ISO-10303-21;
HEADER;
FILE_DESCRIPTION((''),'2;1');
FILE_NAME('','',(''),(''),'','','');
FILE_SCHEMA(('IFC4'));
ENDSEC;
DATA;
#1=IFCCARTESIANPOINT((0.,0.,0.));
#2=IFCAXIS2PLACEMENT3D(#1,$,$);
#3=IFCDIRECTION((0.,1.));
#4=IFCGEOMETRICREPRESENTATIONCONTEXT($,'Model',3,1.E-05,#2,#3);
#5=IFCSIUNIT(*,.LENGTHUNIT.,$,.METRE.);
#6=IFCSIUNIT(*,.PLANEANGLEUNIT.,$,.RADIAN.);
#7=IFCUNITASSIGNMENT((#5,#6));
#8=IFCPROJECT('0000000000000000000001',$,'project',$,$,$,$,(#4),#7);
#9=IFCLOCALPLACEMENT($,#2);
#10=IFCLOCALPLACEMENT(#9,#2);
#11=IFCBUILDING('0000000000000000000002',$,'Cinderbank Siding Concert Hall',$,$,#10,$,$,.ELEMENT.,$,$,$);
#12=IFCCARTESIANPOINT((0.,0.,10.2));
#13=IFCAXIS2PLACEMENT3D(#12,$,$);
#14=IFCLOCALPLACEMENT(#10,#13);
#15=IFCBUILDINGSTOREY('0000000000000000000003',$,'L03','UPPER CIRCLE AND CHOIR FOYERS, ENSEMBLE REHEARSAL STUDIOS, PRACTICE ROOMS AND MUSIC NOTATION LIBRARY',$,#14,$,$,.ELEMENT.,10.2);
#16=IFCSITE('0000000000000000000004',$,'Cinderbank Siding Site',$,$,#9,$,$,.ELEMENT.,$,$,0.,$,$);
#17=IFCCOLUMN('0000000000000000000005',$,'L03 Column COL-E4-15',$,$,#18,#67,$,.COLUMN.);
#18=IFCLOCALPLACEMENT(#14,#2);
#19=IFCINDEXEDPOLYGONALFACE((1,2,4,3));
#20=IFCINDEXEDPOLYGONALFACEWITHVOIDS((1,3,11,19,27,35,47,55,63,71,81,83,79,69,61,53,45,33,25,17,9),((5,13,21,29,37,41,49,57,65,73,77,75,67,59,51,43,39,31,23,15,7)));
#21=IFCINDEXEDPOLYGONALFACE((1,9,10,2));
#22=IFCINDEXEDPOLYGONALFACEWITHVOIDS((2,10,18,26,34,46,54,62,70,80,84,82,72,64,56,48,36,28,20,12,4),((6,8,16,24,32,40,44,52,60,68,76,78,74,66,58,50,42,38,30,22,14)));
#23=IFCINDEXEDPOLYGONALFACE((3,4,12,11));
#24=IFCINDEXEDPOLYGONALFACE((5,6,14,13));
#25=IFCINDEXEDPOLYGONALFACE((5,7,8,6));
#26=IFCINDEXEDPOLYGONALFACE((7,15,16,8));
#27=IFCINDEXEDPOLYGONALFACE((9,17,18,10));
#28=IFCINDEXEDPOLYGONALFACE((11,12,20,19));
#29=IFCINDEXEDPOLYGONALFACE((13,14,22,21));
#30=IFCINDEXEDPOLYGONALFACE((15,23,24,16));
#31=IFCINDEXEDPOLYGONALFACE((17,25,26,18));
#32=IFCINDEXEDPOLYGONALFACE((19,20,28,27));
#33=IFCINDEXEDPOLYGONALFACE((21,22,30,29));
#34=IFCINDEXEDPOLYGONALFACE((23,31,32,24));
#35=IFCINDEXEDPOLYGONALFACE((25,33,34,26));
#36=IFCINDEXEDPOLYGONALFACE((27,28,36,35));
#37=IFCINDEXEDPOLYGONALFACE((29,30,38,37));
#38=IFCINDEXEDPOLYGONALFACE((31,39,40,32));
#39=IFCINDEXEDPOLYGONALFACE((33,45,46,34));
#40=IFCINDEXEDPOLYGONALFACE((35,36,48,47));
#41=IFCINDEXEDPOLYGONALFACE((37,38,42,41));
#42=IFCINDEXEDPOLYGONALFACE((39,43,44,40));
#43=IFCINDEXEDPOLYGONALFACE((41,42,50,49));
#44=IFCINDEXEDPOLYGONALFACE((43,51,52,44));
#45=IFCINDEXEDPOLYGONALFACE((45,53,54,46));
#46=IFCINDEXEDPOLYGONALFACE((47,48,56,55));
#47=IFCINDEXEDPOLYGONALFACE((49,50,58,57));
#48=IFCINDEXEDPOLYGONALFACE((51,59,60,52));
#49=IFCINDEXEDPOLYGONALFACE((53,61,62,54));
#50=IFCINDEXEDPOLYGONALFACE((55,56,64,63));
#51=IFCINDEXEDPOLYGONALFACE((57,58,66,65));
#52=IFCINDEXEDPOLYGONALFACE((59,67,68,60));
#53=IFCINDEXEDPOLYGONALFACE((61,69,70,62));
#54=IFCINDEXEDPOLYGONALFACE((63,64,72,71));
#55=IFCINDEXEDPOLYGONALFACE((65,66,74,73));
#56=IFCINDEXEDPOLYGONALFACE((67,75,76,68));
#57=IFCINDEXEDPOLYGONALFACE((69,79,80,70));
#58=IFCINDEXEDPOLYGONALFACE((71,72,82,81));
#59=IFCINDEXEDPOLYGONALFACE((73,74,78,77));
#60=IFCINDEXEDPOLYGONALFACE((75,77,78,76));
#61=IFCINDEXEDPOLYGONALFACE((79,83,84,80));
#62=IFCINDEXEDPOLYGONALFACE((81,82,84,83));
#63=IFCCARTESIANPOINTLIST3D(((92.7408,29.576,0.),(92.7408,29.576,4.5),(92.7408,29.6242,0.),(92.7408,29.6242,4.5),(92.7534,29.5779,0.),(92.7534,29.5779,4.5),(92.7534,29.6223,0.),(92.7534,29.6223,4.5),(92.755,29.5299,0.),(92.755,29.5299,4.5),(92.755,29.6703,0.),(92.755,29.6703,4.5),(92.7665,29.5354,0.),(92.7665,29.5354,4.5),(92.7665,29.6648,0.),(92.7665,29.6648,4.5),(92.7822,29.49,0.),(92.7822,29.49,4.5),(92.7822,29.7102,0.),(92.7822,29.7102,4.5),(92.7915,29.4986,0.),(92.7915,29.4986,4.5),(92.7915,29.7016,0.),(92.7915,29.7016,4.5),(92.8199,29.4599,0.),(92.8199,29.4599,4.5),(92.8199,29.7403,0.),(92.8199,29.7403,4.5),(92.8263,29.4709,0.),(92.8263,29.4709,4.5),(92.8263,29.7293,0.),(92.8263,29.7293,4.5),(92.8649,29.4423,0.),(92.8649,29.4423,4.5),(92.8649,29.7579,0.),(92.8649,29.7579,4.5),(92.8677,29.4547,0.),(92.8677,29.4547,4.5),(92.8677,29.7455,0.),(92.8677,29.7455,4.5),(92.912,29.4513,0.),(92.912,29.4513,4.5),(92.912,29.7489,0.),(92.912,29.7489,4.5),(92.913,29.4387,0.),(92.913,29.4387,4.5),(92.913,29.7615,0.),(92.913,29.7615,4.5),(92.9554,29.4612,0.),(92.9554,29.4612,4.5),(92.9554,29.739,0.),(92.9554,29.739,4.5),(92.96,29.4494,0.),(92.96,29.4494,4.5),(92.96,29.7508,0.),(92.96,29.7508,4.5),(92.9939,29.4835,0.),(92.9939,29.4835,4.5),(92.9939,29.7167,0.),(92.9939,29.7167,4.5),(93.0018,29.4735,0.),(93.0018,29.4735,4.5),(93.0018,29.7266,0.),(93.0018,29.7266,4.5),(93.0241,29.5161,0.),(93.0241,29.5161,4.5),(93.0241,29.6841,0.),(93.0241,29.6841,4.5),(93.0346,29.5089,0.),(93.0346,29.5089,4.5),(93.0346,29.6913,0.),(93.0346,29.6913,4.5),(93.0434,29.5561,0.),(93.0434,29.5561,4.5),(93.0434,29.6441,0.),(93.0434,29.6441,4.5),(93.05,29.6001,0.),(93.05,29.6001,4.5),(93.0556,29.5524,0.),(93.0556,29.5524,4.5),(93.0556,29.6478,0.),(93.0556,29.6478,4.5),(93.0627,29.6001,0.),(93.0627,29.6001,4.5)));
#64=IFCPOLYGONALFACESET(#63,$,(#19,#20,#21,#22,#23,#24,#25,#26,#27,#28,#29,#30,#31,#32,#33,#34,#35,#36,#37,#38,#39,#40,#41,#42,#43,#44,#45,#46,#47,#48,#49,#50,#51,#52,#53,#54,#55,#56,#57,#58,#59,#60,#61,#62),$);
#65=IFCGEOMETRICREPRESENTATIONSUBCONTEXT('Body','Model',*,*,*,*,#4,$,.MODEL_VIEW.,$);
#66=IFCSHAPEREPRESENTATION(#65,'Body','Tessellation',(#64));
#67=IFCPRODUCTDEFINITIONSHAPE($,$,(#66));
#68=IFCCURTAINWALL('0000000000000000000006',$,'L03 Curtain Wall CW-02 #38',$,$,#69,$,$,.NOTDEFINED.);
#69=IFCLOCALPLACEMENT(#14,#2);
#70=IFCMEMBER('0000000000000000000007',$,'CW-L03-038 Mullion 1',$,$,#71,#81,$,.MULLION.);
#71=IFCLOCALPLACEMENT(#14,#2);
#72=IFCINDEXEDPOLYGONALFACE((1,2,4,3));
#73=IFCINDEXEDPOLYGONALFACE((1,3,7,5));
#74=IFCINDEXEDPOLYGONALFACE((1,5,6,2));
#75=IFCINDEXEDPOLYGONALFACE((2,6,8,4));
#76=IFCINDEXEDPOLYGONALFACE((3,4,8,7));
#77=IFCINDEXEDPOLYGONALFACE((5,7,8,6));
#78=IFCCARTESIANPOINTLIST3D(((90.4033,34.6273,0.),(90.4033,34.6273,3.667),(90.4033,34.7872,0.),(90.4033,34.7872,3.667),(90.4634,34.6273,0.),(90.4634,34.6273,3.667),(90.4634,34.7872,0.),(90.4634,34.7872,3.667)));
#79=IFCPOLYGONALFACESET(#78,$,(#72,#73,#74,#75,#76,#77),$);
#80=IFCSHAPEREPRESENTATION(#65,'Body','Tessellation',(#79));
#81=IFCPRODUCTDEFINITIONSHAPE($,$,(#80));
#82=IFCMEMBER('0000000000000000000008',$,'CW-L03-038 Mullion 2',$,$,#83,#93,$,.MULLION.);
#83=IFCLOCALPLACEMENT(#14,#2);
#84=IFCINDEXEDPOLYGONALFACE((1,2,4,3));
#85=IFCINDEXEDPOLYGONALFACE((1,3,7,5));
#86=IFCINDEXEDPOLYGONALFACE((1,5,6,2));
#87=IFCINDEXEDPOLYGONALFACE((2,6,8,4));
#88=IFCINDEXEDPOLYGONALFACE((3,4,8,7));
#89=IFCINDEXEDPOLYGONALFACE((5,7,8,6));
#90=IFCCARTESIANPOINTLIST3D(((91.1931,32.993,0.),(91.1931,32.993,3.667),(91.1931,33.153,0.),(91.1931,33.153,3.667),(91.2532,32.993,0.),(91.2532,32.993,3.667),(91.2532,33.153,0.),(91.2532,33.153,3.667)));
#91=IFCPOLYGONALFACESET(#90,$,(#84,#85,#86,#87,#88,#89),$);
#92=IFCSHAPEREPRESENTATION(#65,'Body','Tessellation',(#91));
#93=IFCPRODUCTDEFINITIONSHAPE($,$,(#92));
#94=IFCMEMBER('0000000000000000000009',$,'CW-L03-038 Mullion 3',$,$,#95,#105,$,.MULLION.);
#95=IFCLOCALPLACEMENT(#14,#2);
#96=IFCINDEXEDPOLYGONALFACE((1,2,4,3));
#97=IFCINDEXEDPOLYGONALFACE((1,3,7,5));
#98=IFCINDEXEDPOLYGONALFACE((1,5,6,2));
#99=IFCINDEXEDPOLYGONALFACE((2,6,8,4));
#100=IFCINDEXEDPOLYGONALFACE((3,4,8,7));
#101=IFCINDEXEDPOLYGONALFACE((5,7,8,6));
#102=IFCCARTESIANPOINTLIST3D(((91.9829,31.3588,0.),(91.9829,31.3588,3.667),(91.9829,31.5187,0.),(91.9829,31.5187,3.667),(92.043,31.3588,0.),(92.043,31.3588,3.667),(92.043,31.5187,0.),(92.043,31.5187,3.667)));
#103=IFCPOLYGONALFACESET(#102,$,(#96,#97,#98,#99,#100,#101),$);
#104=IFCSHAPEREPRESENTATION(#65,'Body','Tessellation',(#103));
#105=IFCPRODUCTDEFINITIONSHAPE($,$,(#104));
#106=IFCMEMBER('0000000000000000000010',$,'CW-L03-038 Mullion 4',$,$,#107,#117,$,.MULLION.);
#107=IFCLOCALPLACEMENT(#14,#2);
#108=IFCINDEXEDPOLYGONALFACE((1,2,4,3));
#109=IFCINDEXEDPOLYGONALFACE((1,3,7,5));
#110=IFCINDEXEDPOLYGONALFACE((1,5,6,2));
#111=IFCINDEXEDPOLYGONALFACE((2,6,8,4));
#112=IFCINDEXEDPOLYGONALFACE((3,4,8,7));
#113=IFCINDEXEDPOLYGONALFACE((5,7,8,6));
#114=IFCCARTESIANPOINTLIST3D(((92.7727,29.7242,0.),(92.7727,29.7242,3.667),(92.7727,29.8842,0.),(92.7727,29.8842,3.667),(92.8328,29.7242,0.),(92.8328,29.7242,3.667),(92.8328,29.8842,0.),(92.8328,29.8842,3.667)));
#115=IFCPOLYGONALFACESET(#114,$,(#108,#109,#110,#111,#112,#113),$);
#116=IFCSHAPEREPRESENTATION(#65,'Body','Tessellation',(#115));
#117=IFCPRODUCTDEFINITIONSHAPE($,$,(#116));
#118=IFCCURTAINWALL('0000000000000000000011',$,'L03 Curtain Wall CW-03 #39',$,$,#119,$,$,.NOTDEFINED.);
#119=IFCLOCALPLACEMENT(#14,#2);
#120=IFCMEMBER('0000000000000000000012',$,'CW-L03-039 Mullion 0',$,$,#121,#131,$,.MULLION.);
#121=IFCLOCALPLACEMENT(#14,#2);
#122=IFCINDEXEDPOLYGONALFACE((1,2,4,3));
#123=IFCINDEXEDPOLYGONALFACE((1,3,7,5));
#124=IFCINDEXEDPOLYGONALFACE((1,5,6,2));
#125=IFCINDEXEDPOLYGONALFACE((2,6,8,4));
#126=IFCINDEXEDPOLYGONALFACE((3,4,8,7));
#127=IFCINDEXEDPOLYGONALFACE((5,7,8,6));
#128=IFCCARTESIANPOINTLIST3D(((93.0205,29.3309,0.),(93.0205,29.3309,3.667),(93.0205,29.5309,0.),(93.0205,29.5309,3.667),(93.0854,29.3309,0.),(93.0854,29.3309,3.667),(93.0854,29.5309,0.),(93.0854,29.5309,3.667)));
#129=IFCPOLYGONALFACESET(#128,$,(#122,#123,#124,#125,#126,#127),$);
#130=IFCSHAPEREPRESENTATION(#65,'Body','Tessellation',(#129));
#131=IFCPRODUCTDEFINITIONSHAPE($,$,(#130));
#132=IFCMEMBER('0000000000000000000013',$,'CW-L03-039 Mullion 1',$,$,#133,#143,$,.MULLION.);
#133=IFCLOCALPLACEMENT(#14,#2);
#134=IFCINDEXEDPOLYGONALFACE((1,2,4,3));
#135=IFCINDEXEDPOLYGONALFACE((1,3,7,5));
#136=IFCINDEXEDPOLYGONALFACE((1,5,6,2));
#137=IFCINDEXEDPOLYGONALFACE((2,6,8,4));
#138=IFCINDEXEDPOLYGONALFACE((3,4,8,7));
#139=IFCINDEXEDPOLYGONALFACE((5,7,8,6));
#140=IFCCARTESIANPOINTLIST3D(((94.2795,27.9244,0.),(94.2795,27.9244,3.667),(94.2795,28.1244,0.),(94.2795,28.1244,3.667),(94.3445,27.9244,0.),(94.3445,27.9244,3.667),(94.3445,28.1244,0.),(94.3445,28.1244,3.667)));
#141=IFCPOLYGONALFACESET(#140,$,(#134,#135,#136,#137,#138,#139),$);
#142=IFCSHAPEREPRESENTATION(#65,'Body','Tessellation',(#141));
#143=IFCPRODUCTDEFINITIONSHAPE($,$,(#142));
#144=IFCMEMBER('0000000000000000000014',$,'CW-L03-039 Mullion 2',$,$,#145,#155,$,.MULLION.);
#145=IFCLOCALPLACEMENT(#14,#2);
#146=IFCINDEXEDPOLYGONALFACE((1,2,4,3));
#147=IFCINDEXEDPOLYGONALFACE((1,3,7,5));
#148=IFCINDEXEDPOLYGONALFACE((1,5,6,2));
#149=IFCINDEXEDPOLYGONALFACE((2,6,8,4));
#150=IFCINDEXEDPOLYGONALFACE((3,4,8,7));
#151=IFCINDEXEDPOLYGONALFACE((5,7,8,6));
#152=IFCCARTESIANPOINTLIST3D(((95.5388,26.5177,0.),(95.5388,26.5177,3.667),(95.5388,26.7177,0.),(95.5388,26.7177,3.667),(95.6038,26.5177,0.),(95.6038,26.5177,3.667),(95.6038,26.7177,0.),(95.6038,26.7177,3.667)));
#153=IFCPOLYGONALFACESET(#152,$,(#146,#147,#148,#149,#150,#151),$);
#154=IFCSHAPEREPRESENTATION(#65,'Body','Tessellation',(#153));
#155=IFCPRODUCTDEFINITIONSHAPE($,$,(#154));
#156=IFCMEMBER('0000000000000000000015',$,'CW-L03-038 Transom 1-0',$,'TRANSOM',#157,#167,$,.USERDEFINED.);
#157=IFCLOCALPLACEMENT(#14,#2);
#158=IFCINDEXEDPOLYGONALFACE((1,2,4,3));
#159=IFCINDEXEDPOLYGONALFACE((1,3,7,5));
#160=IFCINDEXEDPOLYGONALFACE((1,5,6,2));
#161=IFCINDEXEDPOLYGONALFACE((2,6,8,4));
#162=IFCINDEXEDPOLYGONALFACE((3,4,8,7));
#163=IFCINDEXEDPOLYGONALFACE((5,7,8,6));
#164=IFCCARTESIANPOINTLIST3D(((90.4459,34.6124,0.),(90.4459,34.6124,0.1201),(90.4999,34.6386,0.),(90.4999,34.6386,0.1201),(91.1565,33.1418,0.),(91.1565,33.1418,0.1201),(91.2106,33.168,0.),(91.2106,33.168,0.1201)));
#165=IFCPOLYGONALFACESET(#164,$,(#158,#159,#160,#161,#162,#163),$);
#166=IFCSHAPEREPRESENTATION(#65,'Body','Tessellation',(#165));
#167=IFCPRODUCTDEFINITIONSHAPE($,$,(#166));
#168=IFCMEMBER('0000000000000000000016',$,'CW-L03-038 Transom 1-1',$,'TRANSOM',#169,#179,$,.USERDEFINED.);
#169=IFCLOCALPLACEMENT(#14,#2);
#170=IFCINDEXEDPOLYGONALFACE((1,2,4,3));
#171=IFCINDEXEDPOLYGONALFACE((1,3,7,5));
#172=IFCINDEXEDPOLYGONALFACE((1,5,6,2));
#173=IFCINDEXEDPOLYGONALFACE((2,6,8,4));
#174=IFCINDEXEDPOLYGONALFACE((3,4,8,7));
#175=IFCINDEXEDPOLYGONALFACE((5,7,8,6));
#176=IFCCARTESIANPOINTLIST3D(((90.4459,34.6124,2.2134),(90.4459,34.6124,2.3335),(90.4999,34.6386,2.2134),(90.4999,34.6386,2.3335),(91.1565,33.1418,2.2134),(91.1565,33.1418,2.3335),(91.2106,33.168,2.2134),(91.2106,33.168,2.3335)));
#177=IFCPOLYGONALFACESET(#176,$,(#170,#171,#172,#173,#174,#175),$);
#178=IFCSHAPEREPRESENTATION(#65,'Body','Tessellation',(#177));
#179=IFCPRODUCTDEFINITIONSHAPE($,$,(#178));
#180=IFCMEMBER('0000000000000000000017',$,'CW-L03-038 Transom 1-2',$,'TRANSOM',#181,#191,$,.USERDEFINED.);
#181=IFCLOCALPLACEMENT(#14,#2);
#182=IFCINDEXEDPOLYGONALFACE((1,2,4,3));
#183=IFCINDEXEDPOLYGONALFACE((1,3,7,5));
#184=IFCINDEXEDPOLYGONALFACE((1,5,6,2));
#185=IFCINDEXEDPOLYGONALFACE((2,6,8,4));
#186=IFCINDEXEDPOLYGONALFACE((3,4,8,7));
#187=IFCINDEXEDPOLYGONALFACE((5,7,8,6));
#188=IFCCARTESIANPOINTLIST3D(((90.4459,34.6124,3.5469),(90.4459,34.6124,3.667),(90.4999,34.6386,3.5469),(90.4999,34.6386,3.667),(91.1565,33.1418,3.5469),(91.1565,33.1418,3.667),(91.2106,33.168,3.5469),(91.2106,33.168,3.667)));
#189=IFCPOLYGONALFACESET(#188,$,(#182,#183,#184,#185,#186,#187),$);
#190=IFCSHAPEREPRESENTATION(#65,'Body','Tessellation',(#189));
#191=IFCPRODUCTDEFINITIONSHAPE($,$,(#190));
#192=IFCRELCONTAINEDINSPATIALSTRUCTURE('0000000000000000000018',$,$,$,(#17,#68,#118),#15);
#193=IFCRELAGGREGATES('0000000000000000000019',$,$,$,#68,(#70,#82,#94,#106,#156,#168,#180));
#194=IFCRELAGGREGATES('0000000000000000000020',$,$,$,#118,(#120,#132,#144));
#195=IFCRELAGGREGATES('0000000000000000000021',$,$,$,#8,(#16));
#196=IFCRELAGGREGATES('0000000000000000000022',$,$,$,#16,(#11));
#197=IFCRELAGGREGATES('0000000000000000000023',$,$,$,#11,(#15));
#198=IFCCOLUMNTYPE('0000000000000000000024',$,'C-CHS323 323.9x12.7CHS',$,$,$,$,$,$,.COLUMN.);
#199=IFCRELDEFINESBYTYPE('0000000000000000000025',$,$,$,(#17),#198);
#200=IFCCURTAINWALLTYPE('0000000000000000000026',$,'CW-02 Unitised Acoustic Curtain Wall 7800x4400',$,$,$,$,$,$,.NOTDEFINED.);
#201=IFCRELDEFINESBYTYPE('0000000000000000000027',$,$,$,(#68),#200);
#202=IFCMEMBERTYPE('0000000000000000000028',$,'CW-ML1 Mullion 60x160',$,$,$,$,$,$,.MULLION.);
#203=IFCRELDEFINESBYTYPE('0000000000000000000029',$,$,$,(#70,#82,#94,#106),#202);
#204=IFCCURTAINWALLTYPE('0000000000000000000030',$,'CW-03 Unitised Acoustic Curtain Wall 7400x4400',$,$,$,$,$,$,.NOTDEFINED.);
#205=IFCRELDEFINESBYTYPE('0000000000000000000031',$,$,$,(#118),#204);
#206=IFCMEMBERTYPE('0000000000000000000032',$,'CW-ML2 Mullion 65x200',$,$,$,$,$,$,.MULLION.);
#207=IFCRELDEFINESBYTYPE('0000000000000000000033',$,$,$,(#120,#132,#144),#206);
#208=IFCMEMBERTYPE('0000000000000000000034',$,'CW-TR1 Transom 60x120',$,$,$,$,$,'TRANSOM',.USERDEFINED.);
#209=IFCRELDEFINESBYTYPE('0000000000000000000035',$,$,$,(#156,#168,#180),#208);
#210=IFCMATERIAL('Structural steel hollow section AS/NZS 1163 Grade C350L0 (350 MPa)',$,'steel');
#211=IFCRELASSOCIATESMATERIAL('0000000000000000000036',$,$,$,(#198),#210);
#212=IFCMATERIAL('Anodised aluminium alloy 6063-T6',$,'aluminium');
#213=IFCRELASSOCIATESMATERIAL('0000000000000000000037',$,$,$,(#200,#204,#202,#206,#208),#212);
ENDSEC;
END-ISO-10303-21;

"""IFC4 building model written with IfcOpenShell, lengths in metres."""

from ifc_helpers import new_model, si_unit, direction, frame, origin, origin_2d, place, context, subcontext, project, spatial, rectangle, hollow_circle, extrude, material, material_profile, profile_set, type_object, element, aggregate, save


model = new_model("IFC4")

# Units and contexts
model_context = context("Model", 3, precision=1e-05, world=origin(), true_north=direction((0.0, 1.0)))
body_context = subcontext(model_context, "Body", "Model", "MODEL_VIEW")
ifc_project = project(units=[si_unit("LENGTHUNIT", "METRE"), si_unit("PLANEANGLEUNIT", "RADIAN")], contexts=[model_context])

# Site, building, storey
site_placement = place(None, origin())
site = spatial("IfcSite", under=ifc_project, at=site_placement, Name="Cinderbank Siding Site", CompositionType="ELEMENT", RefElevation=0.0)
building_placement = place(site_placement, origin())
building = spatial("IfcBuilding", under=site, at=building_placement, Name="Cinderbank Siding Concert Hall", CompositionType="ELEMENT")
storey_placement = place(building_placement, frame((0.0, 0.0, 10.2)))
storey = spatial("IfcBuildingStorey", under=building, at=storey_placement, Name="L03", Description="UPPER CIRCLE AND CHOIR FOYERS, ENSEMBLE REHEARSAL STUDIOS, PRACTICE ROOMS AND MUSIC NOTATION LIBRARY", CompositionType="ELEMENT", Elevation=10.2)

# Column
ifc_material_1 = material(Name="Structural steel hollow section AS/NZS 1163 Grade C350L0 (350 MPa)", Category="steel")
ifc_material_profile_1 = material_profile(ifc_material_1, hollow_circle(Radius=0.1619, WallThickness=0.0127, at=origin_2d()), Name="323.9x12.7CHS", Category="LoadBearing")
ifc_profile_set_1 = profile_set([ifc_material_profile_1], Name="Structural steel hollow section AS/NZS 1163 Grade C350L0 (350 MPa)")
column_type = type_object("IfcColumnType", Name="C-CHS323 323.9x12.7CHS", PredefinedType="COLUMN", material=ifc_profile_set_1)
column_placement = place(storey_placement, frame((92.9009, 29.6001, 0.0), z_axis=(0.0, 0.0, 1.0), x_axis=(1.0, 0.0, 0.0)))
element("IfcColumn", 1, at=column_placement, inside=storey, type_object=column_type, Name="L03 Column COL-E4-15", PredefinedType="COLUMN", context=body_context, shape_type="SweptSolid", body=[
    extrude(hollow_circle(Radius=0.1619, WallThickness=0.0127, at=origin_2d()), origin(), (0.0, 0.0, 1.0), 4.5),
])

# Curtain walls, members
ifc_material_2 = material(Name="Anodised aluminium alloy 6063-T6", Category="aluminium")
curtain_wall_type_1 = type_object("IfcCurtainWallType", Name="CW-02 Unitised Acoustic Curtain Wall 7800x4400", PredefinedType="NOTDEFINED", material=ifc_material_2)
curtain_wall_1_placement = place(storey_placement, origin())
curtain_wall_1 = element("IfcCurtainWall", 2, at=curtain_wall_1_placement, inside=storey, type_object=curtain_wall_type_1, Name="L03 Curtain Wall CW-02 #38", PredefinedType="NOTDEFINED")
ifc_material_profile_2 = material_profile(ifc_material_2, rectangle(XDim=0.0601, YDim=0.1599, at=origin_2d()), Name="ALU-MULL-60x160", Category="LoadBearing")
ifc_profile_set_2 = profile_set([ifc_material_profile_2], Name="Anodised aluminium alloy 6063-T6")
member_type_1 = type_object("IfcMemberType", Name="CW-ML1 Mullion 60x160", PredefinedType="MULLION", material=ifc_profile_set_2)
member_1_placement = place(storey_placement, frame((90.4333, 34.7073, 0.0), z_axis=(0.0, 0.0, 1.0), x_axis=(1.0, 0.0, 0.0)))
member_1 = element("IfcMember", 3, at=member_1_placement, type_object=member_type_1, Name="CW-L03-038 Mullion 1", PredefinedType="MULLION", context=body_context, shape_type="SweptSolid", body=[
    extrude(rectangle(XDim=0.0601, YDim=0.1599, at=origin_2d()), origin(), (0.0, 0.0, 1.0), 3.667),
])
member_2_placement = place(storey_placement, frame((91.2231, 33.073, 0.0), z_axis=(0.0, 0.0, 1.0), x_axis=(1.0, 0.0, 0.0)))
member_2 = element("IfcMember", 4, at=member_2_placement, type_object=member_type_1, Name="CW-L03-038 Mullion 2", PredefinedType="MULLION", context=body_context, shape_type="SweptSolid", body=[
    extrude(rectangle(XDim=0.0601, YDim=0.1599, at=origin_2d()), origin(), (0.0, 0.0, 1.0), 3.667),
])
member_3_placement = place(storey_placement, frame((92.0129, 31.4387, 0.0), z_axis=(0.0, 0.0, 1.0), x_axis=(1.0, 0.0, 0.0)))
member_3 = element("IfcMember", 5, at=member_3_placement, type_object=member_type_1, Name="CW-L03-038 Mullion 3", PredefinedType="MULLION", context=body_context, shape_type="SweptSolid", body=[
    extrude(rectangle(XDim=0.0601, YDim=0.1599, at=origin_2d()), origin(), (0.0, 0.0, 1.0), 3.667),
])
member_4_placement = place(storey_placement, frame((92.8027, 29.8042, 0.0), z_axis=(0.0, 0.0, 1.0), x_axis=(1.0, 0.0, 0.0)))
member_4 = element("IfcMember", 6, at=member_4_placement, type_object=member_type_1, Name="CW-L03-038 Mullion 4", PredefinedType="MULLION", context=body_context, shape_type="SweptSolid", body=[
    extrude(rectangle(XDim=0.0601, YDim=0.1599, at=origin_2d()), origin(), (0.0, 0.0, 1.0), 3.667),
])
curtain_wall_type_2 = type_object("IfcCurtainWallType", Name="CW-03 Unitised Acoustic Curtain Wall 7400x4400", PredefinedType="NOTDEFINED", material=ifc_material_2)
curtain_wall_2_placement = place(storey_placement, origin())
curtain_wall_2 = element("IfcCurtainWall", 7, at=curtain_wall_2_placement, inside=storey, type_object=curtain_wall_type_2, Name="L03 Curtain Wall CW-03 #39", PredefinedType="NOTDEFINED")
ifc_material_profile_3 = material_profile(ifc_material_2, rectangle(XDim=0.0649, YDim=0.2, at=origin_2d()), Name="ALU-MULL-65x200", Category="LoadBearing")
ifc_profile_set_3 = profile_set([ifc_material_profile_3], Name="Anodised aluminium alloy 6063-T6")
member_type_2 = type_object("IfcMemberType", Name="CW-ML2 Mullion 65x200", PredefinedType="MULLION", material=ifc_profile_set_3)
member_5_placement = place(storey_placement, frame((93.053, 29.4309, 0.0), z_axis=(0.0, 0.0, 1.0), x_axis=(1.0, 0.0, 0.0)))
member_5 = element("IfcMember", 8, at=member_5_placement, type_object=member_type_2, Name="CW-L03-039 Mullion 0", PredefinedType="MULLION", context=body_context, shape_type="SweptSolid", body=[
    extrude(rectangle(XDim=0.0649, YDim=0.2, at=origin_2d()), origin(), (0.0, 0.0, 1.0), 3.667),
])
member_6_placement = place(storey_placement, frame((94.312, 28.0244, 0.0), z_axis=(0.0, 0.0, 1.0), x_axis=(1.0, 0.0, 0.0)))
member_6 = element("IfcMember", 9, at=member_6_placement, type_object=member_type_2, Name="CW-L03-039 Mullion 1", PredefinedType="MULLION", context=body_context, shape_type="SweptSolid", body=[
    extrude(rectangle(XDim=0.0649, YDim=0.2, at=origin_2d()), origin(), (0.0, 0.0, 1.0), 3.667),
])
member_7_placement = place(storey_placement, frame((95.5713, 26.6177, 0.0), z_axis=(0.0, 0.0, 1.0), x_axis=(1.0, 0.0, 0.0)))
member_7 = element("IfcMember", 10, at=member_7_placement, type_object=member_type_2, Name="CW-L03-039 Mullion 2", PredefinedType="MULLION", context=body_context, shape_type="SweptSolid", body=[
    extrude(rectangle(XDim=0.0649, YDim=0.2, at=origin_2d()), origin(), (0.0, 0.0, 1.0), 3.667),
])

# Members
ifc_material_profile_4 = material_profile(ifc_material_2, rectangle(XDim=0.0601, YDim=0.1201, at=origin_2d()), Name="ALU-TRAN-60x120", Category="LoadBearing")
ifc_profile_set_4 = profile_set([ifc_material_profile_4], Name="Anodised aluminium alloy 6063-T6")
member_type_3 = type_object("IfcMemberType", Name="CW-TR1 Transom 60x120", ElementType="TRANSOM", PredefinedType="USERDEFINED", material=ifc_profile_set_4)
member_8_placement = place(storey_placement, frame((90.4729, 34.6255, 0.0601), z_axis=(0.435096, -0.900384, 0.0), x_axis=(0.900384, 0.435096, 0.0)))
member_8 = element("IfcMember", 11, at=member_8_placement, type_object=member_type_3, Name="CW-L03-038 Transom 1-0", ObjectType="TRANSOM", PredefinedType="USERDEFINED", context=body_context, shape_type="SweptSolid", body=[
    extrude(rectangle(XDim=0.0601, YDim=0.1201, at=origin_2d()), origin(), (0.0, 0.0, 1.0), 1.6333),
])
member_9_placement = place(storey_placement, frame((90.4729, 34.6255, 2.2734), z_axis=(0.435096, -0.900384, 0.0), x_axis=(0.900384, 0.435096, 0.0)))
member_9 = element("IfcMember", 12, at=member_9_placement, type_object=member_type_3, Name="CW-L03-038 Transom 1-1", ObjectType="TRANSOM", PredefinedType="USERDEFINED", context=body_context, shape_type="SweptSolid", body=[
    extrude(rectangle(XDim=0.0601, YDim=0.1201, at=origin_2d()), origin(), (0.0, 0.0, 1.0), 1.6333),
])
member_10_placement = place(storey_placement, frame((90.4729, 34.6255, 3.6069), z_axis=(0.435096, -0.900384, 0.0), x_axis=(0.900384, 0.435096, 0.0)))
member_10 = element("IfcMember", 13, at=member_10_placement, type_object=member_type_3, Name="CW-L03-038 Transom 1-2", ObjectType="TRANSOM", PredefinedType="USERDEFINED", context=body_context, shape_type="SweptSolid", body=[
    extrude(rectangle(XDim=0.0601, YDim=0.1201, at=origin_2d()), origin(), (0.0, 0.0, 1.0), 1.6333),
])

aggregate(curtain_wall_1, [member_1, member_2, member_3, member_4, member_8, member_9, member_10])
aggregate(curtain_wall_2, [member_5, member_6, member_7])

save(model, "model.ifc")
